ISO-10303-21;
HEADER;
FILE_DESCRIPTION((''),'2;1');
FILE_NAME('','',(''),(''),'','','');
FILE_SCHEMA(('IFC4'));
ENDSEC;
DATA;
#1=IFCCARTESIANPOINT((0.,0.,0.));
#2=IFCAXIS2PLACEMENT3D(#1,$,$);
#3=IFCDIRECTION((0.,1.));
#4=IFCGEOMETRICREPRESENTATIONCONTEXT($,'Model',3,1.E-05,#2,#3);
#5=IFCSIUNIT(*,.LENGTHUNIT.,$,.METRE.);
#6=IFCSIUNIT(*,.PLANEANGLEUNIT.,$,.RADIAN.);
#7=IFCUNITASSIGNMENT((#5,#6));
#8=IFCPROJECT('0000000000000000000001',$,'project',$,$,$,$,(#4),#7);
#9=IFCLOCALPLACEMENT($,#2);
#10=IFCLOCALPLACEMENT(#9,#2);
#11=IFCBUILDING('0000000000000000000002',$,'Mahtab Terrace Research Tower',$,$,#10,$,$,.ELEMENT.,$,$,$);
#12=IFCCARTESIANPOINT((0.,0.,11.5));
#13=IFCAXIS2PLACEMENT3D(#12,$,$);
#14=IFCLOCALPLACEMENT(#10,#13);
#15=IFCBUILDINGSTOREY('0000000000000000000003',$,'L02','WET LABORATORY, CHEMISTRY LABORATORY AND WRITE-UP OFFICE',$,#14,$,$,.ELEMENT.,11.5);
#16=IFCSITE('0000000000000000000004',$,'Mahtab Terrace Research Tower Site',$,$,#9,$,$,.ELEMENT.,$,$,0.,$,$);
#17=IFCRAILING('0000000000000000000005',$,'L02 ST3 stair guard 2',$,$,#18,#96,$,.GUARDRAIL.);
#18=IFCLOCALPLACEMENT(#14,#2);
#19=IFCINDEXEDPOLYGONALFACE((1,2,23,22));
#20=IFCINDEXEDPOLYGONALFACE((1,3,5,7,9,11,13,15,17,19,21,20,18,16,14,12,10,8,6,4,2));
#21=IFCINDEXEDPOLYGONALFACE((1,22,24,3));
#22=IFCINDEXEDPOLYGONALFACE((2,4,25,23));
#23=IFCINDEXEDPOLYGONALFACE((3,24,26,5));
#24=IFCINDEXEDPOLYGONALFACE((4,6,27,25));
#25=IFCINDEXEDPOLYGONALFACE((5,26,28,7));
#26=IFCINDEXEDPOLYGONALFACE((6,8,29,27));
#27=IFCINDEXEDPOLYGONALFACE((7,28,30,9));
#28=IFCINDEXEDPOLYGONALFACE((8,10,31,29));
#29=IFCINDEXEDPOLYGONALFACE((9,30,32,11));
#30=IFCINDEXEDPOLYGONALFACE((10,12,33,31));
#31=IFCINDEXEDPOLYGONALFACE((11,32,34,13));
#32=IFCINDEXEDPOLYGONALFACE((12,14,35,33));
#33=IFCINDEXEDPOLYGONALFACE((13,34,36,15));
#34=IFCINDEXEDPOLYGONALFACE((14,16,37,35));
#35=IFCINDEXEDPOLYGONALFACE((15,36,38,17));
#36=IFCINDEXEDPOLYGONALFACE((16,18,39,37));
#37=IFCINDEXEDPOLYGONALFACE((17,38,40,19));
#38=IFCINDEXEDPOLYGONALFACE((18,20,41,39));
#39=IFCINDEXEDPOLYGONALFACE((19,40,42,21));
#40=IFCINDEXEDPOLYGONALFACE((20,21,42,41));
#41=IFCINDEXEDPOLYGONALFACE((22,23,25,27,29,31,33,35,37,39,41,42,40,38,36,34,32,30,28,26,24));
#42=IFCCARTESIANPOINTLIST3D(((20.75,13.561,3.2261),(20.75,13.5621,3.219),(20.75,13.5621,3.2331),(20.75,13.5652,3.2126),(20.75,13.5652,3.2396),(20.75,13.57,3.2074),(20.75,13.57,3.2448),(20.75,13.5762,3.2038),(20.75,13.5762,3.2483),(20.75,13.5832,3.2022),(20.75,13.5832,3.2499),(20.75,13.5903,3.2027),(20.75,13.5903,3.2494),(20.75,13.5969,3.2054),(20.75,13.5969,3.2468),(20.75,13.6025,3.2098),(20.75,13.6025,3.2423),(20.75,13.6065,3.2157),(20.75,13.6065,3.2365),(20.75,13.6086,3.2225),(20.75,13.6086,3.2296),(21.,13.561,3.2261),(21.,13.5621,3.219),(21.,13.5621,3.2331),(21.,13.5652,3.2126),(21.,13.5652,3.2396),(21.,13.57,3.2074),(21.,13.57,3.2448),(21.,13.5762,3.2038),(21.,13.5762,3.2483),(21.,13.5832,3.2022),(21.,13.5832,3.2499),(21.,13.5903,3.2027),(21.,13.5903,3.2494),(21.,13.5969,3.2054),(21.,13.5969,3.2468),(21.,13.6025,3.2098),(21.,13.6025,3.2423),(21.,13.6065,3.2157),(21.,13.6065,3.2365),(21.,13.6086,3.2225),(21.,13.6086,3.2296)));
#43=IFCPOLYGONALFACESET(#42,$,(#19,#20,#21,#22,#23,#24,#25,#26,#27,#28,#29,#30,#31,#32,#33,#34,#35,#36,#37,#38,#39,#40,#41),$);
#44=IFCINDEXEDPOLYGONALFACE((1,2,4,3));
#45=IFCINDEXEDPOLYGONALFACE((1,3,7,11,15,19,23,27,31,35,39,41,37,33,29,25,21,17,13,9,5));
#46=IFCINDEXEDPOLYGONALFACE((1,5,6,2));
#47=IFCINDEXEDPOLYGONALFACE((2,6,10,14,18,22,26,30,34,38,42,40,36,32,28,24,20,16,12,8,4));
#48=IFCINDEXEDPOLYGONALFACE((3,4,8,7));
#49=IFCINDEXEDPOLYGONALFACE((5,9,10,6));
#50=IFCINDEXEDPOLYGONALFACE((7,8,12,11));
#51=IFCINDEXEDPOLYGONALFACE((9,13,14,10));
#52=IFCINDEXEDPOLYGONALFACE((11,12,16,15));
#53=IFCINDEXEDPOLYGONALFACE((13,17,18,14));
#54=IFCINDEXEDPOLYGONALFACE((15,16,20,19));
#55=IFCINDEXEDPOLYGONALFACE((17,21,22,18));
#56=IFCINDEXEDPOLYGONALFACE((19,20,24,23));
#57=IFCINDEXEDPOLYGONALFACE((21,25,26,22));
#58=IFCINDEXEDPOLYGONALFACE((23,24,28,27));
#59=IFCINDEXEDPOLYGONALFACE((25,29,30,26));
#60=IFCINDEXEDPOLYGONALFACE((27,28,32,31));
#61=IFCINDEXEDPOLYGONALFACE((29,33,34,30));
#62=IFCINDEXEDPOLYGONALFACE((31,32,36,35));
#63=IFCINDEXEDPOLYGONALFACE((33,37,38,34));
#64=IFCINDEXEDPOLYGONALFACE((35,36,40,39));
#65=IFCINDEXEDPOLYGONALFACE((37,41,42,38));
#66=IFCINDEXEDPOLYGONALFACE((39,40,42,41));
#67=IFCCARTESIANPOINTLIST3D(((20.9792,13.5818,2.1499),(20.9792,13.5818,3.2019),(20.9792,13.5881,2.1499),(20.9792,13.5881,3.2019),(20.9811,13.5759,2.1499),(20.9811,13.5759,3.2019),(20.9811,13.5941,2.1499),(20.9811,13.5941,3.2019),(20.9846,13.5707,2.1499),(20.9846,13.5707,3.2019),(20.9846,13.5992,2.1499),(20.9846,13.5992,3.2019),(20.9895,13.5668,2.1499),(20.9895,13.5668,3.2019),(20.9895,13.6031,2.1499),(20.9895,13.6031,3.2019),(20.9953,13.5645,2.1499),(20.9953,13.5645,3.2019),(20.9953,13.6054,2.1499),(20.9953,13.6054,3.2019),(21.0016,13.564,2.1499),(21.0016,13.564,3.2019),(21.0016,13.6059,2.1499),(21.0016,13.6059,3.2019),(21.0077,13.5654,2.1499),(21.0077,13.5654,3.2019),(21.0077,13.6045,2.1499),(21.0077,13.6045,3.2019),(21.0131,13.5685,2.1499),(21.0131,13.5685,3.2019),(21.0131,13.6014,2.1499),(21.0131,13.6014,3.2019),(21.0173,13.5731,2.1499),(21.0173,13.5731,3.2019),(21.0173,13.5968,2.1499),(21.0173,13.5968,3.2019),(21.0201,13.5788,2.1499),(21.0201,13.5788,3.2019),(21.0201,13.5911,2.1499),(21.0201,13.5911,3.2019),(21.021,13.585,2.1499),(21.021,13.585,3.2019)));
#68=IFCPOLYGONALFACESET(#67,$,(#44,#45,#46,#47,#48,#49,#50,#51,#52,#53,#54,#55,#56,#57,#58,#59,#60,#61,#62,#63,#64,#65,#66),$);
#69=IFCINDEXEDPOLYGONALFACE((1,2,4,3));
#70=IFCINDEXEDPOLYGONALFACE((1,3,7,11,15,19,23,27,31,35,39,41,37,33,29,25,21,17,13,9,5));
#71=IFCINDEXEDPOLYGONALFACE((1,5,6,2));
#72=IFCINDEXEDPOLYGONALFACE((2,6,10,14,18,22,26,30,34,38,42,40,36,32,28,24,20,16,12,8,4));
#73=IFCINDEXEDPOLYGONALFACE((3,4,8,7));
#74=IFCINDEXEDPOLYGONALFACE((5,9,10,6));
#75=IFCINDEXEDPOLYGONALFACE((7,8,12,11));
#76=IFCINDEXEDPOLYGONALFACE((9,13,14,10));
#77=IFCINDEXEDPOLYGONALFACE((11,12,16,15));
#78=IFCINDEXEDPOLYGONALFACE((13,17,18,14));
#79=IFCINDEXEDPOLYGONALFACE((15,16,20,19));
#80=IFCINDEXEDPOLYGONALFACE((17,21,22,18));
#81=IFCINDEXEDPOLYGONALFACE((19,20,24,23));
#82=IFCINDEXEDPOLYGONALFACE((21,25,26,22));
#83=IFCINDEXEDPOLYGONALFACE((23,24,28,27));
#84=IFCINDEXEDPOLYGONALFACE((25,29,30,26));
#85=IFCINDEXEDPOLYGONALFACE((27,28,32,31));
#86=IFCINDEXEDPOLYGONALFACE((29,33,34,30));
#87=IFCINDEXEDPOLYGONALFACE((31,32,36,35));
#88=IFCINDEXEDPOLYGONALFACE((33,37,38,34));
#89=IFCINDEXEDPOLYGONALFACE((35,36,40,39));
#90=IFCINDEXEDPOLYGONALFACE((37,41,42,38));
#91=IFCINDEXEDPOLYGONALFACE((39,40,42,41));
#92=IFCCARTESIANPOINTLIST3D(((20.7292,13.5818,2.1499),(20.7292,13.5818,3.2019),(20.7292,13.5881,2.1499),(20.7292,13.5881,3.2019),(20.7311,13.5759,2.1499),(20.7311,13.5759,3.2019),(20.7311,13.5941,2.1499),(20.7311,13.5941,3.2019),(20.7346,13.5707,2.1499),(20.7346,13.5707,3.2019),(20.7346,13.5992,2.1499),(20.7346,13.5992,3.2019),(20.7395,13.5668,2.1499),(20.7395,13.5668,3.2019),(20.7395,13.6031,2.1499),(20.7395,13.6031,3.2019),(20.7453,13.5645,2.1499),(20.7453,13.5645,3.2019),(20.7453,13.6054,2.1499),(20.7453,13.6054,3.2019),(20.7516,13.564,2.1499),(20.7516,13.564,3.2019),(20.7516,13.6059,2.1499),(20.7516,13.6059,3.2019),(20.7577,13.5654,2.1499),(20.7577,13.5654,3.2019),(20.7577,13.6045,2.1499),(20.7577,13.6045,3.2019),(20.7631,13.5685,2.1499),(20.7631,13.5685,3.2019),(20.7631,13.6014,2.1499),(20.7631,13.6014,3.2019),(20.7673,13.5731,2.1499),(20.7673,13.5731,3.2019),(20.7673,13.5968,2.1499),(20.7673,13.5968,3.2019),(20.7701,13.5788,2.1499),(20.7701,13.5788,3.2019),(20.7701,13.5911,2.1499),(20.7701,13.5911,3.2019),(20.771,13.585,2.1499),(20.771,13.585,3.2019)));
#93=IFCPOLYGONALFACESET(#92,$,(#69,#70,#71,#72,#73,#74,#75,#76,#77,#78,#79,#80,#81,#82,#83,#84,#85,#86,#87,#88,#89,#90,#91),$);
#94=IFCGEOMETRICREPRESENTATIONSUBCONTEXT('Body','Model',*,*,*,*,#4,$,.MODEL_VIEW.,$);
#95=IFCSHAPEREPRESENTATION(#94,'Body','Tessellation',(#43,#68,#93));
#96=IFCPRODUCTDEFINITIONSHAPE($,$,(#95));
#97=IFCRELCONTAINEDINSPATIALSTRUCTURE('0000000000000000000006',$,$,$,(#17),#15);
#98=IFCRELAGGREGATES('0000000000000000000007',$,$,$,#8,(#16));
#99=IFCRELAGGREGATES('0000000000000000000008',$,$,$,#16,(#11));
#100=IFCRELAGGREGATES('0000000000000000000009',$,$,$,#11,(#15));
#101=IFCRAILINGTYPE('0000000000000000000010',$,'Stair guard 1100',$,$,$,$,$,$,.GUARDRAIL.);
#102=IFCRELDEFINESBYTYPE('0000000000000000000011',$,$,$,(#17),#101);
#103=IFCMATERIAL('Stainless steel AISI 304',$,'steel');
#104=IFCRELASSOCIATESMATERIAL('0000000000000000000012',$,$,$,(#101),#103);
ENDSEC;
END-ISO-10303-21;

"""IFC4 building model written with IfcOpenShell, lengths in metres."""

from ifc_helpers import new_model, si_unit, direction, frame, origin, origin_2d, place, context, subcontext, project, spatial, circle, extrude, material, type_object, element, save


model = new_model("IFC4")

# Units and contexts
model_context = context("Model", 3, precision=1e-05, world=origin(), true_north=direction((0.0, 1.0)))
body_context = subcontext(model_context, "Body", "Model", "MODEL_VIEW")
ifc_project = project(units=[si_unit("LENGTHUNIT", "METRE"), si_unit("PLANEANGLEUNIT", "RADIAN")], contexts=[model_context])

# Site, building, storey
site_placement = place(None, origin())
site = spatial("IfcSite", under=ifc_project, at=site_placement, Name="Mahtab Terrace Research Tower Site", CompositionType="ELEMENT", RefElevation=0.0)
building_placement = place(site_placement, origin())
building = spatial("IfcBuilding", under=site, at=building_placement, Name="Mahtab Terrace Research Tower", CompositionType="ELEMENT")
storey_placement = place(building_placement, frame((0.0, 0.0, 11.5)))
storey = spatial("IfcBuildingStorey", under=building, at=storey_placement, Name="L02", Description="WET LABORATORY, CHEMISTRY LABORATORY AND WRITE-UP OFFICE", CompositionType="ELEMENT", Elevation=11.5)

# Railing
ifc_material_1 = material(Name="Stainless steel AISI 304", Category="steel")
railing_type_1 = type_object("IfcRailingType", Name="Stair guard 1100", PredefinedType="GUARDRAIL", material=ifc_material_1)
railing_1_placement = place(storey_placement, frame((21.0, 13.585, 2.1499)))
element("IfcRailing", 1, at=railing_1_placement, inside=storey, type_object=railing_type_1, Name="L02 ST3 stair guard 2", PredefinedType="GUARDRAIL", context=body_context, shape_type="SweptSolid", body=[
    extrude(circle(Radius=0.0239, at=origin_2d()), frame((0.0, 0.0, 1.0762), z_axis=(-1.0, 0.0, 0.0), x_axis=(0.0, -1.0, 0.0)), (0.0, 0.0, 1.0), 0.25),
    extrude(circle(Radius=0.021, at=origin_2d()), origin(), (0.0, 0.0, 1.0), 1.052),
    extrude(circle(Radius=0.021, at=origin_2d()), frame((-0.25, 0.0, 0.0)), (0.0, 0.0, 1.0), 1.052),
])

save(model, "model.ifc")
